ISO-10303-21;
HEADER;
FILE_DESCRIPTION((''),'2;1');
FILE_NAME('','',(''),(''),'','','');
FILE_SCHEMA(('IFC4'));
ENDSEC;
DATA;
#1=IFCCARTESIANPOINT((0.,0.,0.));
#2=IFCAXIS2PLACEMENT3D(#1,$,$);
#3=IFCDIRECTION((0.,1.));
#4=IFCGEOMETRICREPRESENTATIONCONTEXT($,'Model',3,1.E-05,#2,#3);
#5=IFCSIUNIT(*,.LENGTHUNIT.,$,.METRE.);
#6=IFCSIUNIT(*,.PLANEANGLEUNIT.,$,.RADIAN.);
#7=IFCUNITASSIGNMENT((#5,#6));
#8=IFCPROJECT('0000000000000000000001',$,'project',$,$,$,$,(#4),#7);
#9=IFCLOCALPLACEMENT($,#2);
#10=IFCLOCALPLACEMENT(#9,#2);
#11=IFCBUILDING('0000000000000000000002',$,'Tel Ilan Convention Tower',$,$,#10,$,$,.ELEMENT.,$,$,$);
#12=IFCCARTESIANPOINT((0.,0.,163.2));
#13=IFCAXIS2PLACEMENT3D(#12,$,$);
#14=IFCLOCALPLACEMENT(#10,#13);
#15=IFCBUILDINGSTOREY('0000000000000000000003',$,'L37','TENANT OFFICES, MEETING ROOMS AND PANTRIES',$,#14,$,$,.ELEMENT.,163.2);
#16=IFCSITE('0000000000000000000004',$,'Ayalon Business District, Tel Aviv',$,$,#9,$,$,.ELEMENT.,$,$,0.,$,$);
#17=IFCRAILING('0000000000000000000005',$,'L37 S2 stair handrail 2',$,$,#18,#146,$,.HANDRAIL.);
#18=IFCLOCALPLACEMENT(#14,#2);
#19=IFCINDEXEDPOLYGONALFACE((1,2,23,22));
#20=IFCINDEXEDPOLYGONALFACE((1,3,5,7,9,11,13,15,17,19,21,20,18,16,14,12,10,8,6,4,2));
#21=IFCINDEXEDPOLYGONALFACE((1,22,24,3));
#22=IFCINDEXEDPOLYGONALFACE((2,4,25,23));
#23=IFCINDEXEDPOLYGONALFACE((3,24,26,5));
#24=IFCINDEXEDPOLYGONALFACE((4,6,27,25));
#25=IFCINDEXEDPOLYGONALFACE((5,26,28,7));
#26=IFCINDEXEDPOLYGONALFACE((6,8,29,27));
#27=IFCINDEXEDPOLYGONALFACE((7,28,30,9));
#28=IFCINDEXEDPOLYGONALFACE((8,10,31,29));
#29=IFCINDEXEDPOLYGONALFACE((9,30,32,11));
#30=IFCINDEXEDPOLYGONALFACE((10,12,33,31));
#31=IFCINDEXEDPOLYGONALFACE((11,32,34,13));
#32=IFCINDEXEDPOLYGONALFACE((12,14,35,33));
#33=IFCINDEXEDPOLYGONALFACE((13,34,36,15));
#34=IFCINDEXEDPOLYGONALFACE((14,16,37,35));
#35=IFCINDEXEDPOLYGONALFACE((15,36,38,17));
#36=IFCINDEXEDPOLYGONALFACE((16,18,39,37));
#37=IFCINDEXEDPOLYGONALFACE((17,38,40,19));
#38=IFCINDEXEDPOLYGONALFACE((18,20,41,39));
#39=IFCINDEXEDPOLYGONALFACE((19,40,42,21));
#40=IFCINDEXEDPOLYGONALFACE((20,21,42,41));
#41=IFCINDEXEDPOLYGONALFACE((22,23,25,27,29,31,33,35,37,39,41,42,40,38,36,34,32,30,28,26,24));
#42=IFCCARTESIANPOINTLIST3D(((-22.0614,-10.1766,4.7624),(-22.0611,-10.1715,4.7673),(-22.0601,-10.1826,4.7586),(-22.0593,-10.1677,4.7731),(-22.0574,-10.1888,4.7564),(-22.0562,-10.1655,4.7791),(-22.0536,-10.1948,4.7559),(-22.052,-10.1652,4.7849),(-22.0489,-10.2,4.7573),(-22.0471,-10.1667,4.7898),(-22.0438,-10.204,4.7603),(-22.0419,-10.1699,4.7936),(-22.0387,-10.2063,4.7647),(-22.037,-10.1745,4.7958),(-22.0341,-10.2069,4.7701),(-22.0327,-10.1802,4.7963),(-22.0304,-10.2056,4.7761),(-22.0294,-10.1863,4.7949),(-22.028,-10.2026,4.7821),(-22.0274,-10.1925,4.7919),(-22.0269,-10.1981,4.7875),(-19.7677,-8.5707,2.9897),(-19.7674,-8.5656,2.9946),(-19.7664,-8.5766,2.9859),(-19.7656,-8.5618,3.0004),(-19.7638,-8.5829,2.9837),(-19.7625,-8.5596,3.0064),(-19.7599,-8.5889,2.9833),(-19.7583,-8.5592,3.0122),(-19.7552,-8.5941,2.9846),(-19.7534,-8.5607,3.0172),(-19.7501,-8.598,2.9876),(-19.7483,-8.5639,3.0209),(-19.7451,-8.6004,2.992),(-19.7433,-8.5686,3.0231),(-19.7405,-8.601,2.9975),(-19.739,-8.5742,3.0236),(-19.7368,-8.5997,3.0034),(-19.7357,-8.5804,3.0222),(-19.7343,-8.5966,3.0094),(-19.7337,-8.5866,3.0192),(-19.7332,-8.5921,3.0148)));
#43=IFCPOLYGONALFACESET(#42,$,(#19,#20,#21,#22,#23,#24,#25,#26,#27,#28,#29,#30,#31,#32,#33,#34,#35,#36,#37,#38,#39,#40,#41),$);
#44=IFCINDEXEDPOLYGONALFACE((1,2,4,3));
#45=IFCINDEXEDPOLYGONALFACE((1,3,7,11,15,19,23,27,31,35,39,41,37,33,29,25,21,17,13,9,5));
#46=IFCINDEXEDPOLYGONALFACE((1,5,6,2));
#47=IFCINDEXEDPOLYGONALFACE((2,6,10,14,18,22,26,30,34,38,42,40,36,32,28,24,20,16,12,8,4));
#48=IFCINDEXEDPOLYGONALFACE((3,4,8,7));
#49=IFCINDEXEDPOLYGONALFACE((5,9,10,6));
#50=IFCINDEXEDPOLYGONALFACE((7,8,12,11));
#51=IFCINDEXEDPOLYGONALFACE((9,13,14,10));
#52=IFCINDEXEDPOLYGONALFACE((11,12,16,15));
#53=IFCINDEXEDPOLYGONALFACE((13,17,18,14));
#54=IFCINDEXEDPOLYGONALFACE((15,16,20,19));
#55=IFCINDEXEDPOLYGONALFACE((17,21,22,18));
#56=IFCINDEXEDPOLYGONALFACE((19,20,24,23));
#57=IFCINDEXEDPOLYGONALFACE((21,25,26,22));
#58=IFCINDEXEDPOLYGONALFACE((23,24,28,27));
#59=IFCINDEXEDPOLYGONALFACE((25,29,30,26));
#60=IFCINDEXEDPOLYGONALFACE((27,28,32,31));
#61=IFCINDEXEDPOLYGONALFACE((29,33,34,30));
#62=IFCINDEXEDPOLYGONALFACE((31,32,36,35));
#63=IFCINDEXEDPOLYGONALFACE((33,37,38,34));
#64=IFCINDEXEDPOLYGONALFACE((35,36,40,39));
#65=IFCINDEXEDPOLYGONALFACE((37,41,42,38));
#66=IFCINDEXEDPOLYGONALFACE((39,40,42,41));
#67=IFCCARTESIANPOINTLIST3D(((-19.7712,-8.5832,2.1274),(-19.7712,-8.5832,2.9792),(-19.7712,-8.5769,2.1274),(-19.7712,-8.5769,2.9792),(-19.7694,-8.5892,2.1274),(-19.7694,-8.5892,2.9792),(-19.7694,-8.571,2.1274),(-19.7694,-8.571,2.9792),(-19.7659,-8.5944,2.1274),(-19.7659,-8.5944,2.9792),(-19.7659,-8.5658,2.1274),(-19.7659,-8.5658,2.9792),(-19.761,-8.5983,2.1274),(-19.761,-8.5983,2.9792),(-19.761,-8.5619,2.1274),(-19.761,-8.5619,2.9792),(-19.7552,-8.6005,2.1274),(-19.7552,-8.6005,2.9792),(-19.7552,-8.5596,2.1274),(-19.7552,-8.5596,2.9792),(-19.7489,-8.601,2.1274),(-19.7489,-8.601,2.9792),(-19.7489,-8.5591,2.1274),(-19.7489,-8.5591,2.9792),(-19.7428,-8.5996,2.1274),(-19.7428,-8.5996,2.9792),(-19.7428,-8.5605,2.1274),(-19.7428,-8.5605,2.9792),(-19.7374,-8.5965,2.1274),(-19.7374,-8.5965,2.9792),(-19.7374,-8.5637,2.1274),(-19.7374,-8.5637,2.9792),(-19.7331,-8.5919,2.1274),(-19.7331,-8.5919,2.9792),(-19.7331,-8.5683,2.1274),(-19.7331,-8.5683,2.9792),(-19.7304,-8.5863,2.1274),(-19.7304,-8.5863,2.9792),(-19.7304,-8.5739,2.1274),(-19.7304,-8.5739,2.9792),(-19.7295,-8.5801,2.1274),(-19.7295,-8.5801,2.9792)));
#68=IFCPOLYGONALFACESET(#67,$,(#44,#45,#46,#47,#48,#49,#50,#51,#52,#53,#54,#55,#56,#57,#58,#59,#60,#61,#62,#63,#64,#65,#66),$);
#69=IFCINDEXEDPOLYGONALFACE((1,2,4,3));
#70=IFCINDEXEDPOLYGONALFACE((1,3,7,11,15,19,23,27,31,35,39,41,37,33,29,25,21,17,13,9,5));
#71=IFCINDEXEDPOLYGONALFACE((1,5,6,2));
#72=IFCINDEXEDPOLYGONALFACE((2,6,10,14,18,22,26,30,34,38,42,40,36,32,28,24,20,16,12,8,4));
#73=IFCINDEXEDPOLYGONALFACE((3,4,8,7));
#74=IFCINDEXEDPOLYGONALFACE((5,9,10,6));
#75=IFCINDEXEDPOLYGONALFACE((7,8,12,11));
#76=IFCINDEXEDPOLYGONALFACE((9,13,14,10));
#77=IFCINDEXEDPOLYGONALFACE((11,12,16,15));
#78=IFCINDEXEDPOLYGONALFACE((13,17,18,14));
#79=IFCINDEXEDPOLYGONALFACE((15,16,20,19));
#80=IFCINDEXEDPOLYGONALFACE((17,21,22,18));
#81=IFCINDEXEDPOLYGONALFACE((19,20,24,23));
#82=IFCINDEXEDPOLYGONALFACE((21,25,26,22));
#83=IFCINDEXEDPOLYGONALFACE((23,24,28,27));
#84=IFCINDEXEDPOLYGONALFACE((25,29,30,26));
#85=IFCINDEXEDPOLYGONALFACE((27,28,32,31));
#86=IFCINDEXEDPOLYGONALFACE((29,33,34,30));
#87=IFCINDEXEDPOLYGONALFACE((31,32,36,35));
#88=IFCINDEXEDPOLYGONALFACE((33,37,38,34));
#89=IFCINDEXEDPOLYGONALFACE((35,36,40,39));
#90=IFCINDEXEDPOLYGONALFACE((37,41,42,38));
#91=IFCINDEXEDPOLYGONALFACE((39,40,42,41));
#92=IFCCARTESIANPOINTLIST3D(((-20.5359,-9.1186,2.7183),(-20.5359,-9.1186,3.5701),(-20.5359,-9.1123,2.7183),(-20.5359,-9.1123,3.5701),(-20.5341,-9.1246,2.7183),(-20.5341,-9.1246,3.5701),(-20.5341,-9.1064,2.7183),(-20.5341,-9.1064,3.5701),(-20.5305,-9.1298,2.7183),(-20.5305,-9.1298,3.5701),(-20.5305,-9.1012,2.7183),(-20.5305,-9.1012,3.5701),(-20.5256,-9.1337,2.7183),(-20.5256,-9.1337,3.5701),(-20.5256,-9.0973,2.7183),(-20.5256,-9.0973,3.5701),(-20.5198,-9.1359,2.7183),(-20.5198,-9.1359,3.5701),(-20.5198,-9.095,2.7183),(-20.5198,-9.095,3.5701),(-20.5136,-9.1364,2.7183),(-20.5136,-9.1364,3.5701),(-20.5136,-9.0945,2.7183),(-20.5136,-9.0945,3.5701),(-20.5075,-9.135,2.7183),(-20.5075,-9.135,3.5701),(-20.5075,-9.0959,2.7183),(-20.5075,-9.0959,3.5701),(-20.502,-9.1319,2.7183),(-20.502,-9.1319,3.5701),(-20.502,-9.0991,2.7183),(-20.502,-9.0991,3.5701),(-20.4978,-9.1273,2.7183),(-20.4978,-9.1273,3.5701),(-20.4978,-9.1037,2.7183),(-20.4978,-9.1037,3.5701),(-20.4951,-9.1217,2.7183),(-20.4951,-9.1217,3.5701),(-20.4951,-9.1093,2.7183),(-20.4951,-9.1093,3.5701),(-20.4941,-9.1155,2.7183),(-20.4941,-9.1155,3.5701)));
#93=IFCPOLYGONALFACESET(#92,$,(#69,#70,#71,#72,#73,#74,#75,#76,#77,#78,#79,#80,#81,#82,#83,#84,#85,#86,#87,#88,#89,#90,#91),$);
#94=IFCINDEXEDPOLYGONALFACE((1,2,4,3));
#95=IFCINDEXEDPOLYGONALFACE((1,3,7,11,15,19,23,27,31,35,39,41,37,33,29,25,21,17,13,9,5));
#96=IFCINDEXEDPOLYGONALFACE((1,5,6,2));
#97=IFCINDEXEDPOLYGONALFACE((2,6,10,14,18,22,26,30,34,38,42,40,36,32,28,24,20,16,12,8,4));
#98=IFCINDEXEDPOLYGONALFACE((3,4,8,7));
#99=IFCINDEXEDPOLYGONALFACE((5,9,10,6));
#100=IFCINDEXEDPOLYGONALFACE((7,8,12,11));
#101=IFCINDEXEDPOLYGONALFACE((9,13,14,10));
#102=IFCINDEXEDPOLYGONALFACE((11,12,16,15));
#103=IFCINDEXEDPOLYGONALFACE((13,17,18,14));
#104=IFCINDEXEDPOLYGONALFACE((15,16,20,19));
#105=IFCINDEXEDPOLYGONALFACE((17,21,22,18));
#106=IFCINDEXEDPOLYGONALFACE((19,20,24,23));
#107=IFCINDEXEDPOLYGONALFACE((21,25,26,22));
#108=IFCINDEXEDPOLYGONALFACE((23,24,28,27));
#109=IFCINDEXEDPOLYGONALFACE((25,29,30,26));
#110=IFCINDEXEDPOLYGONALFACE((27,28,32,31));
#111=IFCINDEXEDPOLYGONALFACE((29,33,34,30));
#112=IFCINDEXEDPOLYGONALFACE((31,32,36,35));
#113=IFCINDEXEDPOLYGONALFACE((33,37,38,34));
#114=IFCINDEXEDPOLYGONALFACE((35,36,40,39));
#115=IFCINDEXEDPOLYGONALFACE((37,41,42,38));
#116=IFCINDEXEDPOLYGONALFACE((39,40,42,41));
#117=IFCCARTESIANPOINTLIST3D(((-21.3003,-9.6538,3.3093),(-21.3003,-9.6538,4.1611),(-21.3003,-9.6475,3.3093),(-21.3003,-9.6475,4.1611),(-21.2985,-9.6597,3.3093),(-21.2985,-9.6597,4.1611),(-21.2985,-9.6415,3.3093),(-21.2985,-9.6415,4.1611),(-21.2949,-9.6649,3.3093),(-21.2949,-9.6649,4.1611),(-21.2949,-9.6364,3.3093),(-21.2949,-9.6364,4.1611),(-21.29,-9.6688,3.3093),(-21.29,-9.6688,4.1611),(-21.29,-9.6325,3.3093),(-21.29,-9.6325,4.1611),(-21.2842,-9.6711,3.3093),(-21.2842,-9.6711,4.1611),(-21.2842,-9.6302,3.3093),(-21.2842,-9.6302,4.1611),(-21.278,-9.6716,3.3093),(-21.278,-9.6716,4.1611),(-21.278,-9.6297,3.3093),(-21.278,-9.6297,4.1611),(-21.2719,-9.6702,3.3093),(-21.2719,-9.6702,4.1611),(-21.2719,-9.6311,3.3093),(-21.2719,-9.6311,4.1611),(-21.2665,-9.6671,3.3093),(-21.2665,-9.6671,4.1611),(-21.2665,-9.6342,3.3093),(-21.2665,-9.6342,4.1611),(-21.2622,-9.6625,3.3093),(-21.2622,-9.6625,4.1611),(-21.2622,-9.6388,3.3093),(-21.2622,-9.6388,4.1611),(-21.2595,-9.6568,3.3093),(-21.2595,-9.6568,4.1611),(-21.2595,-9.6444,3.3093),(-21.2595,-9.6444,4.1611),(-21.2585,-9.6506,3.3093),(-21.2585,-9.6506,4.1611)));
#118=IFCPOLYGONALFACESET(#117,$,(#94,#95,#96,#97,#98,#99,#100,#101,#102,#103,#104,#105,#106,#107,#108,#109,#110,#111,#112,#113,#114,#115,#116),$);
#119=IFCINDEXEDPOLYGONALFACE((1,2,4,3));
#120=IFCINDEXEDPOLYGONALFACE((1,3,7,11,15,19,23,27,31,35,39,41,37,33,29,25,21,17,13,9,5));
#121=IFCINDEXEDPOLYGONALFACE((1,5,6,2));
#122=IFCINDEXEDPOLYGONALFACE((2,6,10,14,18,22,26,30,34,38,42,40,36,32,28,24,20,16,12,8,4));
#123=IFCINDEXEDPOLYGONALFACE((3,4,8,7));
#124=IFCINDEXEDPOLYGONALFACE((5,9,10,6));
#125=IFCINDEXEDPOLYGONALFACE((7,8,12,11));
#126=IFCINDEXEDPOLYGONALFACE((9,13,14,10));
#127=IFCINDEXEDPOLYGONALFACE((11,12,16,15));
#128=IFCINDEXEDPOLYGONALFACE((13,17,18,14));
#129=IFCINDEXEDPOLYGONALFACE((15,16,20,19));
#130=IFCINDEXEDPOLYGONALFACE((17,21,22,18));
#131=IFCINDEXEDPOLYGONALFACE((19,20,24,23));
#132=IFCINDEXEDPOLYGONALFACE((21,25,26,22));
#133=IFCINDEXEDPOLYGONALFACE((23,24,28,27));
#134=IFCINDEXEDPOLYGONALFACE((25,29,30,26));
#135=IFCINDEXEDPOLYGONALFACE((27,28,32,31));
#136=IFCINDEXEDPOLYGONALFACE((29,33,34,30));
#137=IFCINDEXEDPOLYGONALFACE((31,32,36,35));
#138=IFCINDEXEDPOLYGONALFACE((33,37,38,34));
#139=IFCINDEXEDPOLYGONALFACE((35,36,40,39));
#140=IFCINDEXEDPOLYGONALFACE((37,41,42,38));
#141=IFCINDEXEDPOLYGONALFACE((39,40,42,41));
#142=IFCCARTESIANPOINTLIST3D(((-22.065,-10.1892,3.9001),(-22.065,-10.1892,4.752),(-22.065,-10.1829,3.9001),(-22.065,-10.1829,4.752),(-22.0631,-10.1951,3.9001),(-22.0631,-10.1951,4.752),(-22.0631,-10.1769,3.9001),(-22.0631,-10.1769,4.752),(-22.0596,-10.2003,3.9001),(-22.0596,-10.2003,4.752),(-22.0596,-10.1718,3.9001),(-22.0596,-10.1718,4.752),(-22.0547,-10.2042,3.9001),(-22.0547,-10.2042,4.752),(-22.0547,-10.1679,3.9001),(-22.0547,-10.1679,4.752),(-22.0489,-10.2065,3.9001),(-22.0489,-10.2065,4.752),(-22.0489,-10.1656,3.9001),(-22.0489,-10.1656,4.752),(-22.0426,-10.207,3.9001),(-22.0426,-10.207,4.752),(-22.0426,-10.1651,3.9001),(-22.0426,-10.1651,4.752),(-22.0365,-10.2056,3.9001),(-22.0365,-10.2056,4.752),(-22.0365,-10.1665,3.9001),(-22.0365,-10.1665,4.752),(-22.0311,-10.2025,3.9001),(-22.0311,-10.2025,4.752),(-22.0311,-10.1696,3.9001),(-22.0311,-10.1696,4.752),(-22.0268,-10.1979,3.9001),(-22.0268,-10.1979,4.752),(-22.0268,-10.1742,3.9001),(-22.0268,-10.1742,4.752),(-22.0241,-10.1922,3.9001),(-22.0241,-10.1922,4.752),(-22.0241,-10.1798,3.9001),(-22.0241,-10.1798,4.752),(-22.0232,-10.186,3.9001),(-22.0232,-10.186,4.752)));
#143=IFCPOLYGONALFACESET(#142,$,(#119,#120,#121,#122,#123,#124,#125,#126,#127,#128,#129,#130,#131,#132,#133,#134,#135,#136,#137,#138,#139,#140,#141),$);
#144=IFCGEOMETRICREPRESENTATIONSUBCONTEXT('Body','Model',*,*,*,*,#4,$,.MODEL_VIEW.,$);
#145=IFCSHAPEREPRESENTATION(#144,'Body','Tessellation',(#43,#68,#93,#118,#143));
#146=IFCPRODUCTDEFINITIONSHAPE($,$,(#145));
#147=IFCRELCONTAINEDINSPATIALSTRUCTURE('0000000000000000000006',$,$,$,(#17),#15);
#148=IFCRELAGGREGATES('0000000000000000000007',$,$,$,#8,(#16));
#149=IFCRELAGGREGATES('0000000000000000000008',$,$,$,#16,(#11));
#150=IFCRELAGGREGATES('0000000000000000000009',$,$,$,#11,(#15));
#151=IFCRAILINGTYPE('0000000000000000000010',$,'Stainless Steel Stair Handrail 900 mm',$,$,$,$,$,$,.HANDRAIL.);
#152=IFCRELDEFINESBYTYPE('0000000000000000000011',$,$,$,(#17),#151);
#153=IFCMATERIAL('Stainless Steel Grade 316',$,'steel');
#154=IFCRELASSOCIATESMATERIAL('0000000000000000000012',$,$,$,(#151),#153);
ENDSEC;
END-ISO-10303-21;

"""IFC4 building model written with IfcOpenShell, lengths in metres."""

from ifc_helpers import new_model, si_unit, direction, frame, origin, origin_2d, place, context, subcontext, project, spatial, circle, extrude, material, type_object, element, save


model = new_model("IFC4")

# Units and contexts
model_context = context("Model", 3, precision=1e-05, world=origin(), true_north=direction((0.0, 1.0)))
body_context = subcontext(model_context, "Body", "Model", "MODEL_VIEW")
ifc_project = project(units=[si_unit("LENGTHUNIT", "METRE"), si_unit("PLANEANGLEUNIT", "RADIAN")], contexts=[model_context])

# Site, building, storey
site_placement = place(None, origin())
site = spatial("IfcSite", under=ifc_project, at=site_placement, Name="Ayalon Business District, Tel Aviv", CompositionType="ELEMENT", RefElevation=0.0)
building_placement = place(site_placement, origin())
building = spatial("IfcBuilding", under=site, at=building_placement, Name="Tel Ilan Convention Tower", CompositionType="ELEMENT")
storey_placement = place(building_placement, frame((0.0, 0.0, 163.2)))
storey = spatial("IfcBuildingStorey", under=building, at=storey_placement, Name="L37", Description="TENANT OFFICES, MEETING ROOMS AND PANTRIES", CompositionType="ELEMENT", Elevation=163.2)

# Railing
ifc_material_1 = material(Name="Stainless Steel Grade 316", Category="steel")
railing_type_1 = type_object("IfcRailingType", Name="Stainless Steel Stair Handrail 900 mm", PredefinedType="HANDRAIL", material=ifc_material_1)
railing_1_placement = place(storey_placement, frame((-19.7505, -8.5801, 2.1274)))
element("IfcRailing", 1, at=railing_1_placement, inside=storey, type_object=railing_type_1, Name="L37 S2 stair handrail 2", PredefinedType="HANDRAIL", context=body_context, shape_type="SweptSolid", body=[
    extrude(circle(Radius=0.0239, at=origin_2d()), frame((0.0, 0.0, 0.876), z_axis=(-0.692123, -0.484597, 0.534913), x_axis=(0.57355, -0.81917, 0.0)), (0.0, 0.0, 1.0), 3.314),
    extrude(circle(Radius=0.021, at=origin_2d()), origin(), (0.0, 0.0, 1.0), 0.8518),
    extrude(circle(Radius=0.021, at=origin_2d()), frame((-0.7646, -0.5354, 0.5908)), (0.0, 0.0, 1.0), 0.8518),
    extrude(circle(Radius=0.021, at=origin_2d()), frame((-1.5291, -1.0706, 1.1819)), (0.0, 0.0, 1.0), 0.8518),
    extrude(circle(Radius=0.021, at=origin_2d()), frame((-2.2937, -1.606, 1.7727)), (0.0, 0.0, 1.0), 0.8518),
])

save(model, "model.ifc")
